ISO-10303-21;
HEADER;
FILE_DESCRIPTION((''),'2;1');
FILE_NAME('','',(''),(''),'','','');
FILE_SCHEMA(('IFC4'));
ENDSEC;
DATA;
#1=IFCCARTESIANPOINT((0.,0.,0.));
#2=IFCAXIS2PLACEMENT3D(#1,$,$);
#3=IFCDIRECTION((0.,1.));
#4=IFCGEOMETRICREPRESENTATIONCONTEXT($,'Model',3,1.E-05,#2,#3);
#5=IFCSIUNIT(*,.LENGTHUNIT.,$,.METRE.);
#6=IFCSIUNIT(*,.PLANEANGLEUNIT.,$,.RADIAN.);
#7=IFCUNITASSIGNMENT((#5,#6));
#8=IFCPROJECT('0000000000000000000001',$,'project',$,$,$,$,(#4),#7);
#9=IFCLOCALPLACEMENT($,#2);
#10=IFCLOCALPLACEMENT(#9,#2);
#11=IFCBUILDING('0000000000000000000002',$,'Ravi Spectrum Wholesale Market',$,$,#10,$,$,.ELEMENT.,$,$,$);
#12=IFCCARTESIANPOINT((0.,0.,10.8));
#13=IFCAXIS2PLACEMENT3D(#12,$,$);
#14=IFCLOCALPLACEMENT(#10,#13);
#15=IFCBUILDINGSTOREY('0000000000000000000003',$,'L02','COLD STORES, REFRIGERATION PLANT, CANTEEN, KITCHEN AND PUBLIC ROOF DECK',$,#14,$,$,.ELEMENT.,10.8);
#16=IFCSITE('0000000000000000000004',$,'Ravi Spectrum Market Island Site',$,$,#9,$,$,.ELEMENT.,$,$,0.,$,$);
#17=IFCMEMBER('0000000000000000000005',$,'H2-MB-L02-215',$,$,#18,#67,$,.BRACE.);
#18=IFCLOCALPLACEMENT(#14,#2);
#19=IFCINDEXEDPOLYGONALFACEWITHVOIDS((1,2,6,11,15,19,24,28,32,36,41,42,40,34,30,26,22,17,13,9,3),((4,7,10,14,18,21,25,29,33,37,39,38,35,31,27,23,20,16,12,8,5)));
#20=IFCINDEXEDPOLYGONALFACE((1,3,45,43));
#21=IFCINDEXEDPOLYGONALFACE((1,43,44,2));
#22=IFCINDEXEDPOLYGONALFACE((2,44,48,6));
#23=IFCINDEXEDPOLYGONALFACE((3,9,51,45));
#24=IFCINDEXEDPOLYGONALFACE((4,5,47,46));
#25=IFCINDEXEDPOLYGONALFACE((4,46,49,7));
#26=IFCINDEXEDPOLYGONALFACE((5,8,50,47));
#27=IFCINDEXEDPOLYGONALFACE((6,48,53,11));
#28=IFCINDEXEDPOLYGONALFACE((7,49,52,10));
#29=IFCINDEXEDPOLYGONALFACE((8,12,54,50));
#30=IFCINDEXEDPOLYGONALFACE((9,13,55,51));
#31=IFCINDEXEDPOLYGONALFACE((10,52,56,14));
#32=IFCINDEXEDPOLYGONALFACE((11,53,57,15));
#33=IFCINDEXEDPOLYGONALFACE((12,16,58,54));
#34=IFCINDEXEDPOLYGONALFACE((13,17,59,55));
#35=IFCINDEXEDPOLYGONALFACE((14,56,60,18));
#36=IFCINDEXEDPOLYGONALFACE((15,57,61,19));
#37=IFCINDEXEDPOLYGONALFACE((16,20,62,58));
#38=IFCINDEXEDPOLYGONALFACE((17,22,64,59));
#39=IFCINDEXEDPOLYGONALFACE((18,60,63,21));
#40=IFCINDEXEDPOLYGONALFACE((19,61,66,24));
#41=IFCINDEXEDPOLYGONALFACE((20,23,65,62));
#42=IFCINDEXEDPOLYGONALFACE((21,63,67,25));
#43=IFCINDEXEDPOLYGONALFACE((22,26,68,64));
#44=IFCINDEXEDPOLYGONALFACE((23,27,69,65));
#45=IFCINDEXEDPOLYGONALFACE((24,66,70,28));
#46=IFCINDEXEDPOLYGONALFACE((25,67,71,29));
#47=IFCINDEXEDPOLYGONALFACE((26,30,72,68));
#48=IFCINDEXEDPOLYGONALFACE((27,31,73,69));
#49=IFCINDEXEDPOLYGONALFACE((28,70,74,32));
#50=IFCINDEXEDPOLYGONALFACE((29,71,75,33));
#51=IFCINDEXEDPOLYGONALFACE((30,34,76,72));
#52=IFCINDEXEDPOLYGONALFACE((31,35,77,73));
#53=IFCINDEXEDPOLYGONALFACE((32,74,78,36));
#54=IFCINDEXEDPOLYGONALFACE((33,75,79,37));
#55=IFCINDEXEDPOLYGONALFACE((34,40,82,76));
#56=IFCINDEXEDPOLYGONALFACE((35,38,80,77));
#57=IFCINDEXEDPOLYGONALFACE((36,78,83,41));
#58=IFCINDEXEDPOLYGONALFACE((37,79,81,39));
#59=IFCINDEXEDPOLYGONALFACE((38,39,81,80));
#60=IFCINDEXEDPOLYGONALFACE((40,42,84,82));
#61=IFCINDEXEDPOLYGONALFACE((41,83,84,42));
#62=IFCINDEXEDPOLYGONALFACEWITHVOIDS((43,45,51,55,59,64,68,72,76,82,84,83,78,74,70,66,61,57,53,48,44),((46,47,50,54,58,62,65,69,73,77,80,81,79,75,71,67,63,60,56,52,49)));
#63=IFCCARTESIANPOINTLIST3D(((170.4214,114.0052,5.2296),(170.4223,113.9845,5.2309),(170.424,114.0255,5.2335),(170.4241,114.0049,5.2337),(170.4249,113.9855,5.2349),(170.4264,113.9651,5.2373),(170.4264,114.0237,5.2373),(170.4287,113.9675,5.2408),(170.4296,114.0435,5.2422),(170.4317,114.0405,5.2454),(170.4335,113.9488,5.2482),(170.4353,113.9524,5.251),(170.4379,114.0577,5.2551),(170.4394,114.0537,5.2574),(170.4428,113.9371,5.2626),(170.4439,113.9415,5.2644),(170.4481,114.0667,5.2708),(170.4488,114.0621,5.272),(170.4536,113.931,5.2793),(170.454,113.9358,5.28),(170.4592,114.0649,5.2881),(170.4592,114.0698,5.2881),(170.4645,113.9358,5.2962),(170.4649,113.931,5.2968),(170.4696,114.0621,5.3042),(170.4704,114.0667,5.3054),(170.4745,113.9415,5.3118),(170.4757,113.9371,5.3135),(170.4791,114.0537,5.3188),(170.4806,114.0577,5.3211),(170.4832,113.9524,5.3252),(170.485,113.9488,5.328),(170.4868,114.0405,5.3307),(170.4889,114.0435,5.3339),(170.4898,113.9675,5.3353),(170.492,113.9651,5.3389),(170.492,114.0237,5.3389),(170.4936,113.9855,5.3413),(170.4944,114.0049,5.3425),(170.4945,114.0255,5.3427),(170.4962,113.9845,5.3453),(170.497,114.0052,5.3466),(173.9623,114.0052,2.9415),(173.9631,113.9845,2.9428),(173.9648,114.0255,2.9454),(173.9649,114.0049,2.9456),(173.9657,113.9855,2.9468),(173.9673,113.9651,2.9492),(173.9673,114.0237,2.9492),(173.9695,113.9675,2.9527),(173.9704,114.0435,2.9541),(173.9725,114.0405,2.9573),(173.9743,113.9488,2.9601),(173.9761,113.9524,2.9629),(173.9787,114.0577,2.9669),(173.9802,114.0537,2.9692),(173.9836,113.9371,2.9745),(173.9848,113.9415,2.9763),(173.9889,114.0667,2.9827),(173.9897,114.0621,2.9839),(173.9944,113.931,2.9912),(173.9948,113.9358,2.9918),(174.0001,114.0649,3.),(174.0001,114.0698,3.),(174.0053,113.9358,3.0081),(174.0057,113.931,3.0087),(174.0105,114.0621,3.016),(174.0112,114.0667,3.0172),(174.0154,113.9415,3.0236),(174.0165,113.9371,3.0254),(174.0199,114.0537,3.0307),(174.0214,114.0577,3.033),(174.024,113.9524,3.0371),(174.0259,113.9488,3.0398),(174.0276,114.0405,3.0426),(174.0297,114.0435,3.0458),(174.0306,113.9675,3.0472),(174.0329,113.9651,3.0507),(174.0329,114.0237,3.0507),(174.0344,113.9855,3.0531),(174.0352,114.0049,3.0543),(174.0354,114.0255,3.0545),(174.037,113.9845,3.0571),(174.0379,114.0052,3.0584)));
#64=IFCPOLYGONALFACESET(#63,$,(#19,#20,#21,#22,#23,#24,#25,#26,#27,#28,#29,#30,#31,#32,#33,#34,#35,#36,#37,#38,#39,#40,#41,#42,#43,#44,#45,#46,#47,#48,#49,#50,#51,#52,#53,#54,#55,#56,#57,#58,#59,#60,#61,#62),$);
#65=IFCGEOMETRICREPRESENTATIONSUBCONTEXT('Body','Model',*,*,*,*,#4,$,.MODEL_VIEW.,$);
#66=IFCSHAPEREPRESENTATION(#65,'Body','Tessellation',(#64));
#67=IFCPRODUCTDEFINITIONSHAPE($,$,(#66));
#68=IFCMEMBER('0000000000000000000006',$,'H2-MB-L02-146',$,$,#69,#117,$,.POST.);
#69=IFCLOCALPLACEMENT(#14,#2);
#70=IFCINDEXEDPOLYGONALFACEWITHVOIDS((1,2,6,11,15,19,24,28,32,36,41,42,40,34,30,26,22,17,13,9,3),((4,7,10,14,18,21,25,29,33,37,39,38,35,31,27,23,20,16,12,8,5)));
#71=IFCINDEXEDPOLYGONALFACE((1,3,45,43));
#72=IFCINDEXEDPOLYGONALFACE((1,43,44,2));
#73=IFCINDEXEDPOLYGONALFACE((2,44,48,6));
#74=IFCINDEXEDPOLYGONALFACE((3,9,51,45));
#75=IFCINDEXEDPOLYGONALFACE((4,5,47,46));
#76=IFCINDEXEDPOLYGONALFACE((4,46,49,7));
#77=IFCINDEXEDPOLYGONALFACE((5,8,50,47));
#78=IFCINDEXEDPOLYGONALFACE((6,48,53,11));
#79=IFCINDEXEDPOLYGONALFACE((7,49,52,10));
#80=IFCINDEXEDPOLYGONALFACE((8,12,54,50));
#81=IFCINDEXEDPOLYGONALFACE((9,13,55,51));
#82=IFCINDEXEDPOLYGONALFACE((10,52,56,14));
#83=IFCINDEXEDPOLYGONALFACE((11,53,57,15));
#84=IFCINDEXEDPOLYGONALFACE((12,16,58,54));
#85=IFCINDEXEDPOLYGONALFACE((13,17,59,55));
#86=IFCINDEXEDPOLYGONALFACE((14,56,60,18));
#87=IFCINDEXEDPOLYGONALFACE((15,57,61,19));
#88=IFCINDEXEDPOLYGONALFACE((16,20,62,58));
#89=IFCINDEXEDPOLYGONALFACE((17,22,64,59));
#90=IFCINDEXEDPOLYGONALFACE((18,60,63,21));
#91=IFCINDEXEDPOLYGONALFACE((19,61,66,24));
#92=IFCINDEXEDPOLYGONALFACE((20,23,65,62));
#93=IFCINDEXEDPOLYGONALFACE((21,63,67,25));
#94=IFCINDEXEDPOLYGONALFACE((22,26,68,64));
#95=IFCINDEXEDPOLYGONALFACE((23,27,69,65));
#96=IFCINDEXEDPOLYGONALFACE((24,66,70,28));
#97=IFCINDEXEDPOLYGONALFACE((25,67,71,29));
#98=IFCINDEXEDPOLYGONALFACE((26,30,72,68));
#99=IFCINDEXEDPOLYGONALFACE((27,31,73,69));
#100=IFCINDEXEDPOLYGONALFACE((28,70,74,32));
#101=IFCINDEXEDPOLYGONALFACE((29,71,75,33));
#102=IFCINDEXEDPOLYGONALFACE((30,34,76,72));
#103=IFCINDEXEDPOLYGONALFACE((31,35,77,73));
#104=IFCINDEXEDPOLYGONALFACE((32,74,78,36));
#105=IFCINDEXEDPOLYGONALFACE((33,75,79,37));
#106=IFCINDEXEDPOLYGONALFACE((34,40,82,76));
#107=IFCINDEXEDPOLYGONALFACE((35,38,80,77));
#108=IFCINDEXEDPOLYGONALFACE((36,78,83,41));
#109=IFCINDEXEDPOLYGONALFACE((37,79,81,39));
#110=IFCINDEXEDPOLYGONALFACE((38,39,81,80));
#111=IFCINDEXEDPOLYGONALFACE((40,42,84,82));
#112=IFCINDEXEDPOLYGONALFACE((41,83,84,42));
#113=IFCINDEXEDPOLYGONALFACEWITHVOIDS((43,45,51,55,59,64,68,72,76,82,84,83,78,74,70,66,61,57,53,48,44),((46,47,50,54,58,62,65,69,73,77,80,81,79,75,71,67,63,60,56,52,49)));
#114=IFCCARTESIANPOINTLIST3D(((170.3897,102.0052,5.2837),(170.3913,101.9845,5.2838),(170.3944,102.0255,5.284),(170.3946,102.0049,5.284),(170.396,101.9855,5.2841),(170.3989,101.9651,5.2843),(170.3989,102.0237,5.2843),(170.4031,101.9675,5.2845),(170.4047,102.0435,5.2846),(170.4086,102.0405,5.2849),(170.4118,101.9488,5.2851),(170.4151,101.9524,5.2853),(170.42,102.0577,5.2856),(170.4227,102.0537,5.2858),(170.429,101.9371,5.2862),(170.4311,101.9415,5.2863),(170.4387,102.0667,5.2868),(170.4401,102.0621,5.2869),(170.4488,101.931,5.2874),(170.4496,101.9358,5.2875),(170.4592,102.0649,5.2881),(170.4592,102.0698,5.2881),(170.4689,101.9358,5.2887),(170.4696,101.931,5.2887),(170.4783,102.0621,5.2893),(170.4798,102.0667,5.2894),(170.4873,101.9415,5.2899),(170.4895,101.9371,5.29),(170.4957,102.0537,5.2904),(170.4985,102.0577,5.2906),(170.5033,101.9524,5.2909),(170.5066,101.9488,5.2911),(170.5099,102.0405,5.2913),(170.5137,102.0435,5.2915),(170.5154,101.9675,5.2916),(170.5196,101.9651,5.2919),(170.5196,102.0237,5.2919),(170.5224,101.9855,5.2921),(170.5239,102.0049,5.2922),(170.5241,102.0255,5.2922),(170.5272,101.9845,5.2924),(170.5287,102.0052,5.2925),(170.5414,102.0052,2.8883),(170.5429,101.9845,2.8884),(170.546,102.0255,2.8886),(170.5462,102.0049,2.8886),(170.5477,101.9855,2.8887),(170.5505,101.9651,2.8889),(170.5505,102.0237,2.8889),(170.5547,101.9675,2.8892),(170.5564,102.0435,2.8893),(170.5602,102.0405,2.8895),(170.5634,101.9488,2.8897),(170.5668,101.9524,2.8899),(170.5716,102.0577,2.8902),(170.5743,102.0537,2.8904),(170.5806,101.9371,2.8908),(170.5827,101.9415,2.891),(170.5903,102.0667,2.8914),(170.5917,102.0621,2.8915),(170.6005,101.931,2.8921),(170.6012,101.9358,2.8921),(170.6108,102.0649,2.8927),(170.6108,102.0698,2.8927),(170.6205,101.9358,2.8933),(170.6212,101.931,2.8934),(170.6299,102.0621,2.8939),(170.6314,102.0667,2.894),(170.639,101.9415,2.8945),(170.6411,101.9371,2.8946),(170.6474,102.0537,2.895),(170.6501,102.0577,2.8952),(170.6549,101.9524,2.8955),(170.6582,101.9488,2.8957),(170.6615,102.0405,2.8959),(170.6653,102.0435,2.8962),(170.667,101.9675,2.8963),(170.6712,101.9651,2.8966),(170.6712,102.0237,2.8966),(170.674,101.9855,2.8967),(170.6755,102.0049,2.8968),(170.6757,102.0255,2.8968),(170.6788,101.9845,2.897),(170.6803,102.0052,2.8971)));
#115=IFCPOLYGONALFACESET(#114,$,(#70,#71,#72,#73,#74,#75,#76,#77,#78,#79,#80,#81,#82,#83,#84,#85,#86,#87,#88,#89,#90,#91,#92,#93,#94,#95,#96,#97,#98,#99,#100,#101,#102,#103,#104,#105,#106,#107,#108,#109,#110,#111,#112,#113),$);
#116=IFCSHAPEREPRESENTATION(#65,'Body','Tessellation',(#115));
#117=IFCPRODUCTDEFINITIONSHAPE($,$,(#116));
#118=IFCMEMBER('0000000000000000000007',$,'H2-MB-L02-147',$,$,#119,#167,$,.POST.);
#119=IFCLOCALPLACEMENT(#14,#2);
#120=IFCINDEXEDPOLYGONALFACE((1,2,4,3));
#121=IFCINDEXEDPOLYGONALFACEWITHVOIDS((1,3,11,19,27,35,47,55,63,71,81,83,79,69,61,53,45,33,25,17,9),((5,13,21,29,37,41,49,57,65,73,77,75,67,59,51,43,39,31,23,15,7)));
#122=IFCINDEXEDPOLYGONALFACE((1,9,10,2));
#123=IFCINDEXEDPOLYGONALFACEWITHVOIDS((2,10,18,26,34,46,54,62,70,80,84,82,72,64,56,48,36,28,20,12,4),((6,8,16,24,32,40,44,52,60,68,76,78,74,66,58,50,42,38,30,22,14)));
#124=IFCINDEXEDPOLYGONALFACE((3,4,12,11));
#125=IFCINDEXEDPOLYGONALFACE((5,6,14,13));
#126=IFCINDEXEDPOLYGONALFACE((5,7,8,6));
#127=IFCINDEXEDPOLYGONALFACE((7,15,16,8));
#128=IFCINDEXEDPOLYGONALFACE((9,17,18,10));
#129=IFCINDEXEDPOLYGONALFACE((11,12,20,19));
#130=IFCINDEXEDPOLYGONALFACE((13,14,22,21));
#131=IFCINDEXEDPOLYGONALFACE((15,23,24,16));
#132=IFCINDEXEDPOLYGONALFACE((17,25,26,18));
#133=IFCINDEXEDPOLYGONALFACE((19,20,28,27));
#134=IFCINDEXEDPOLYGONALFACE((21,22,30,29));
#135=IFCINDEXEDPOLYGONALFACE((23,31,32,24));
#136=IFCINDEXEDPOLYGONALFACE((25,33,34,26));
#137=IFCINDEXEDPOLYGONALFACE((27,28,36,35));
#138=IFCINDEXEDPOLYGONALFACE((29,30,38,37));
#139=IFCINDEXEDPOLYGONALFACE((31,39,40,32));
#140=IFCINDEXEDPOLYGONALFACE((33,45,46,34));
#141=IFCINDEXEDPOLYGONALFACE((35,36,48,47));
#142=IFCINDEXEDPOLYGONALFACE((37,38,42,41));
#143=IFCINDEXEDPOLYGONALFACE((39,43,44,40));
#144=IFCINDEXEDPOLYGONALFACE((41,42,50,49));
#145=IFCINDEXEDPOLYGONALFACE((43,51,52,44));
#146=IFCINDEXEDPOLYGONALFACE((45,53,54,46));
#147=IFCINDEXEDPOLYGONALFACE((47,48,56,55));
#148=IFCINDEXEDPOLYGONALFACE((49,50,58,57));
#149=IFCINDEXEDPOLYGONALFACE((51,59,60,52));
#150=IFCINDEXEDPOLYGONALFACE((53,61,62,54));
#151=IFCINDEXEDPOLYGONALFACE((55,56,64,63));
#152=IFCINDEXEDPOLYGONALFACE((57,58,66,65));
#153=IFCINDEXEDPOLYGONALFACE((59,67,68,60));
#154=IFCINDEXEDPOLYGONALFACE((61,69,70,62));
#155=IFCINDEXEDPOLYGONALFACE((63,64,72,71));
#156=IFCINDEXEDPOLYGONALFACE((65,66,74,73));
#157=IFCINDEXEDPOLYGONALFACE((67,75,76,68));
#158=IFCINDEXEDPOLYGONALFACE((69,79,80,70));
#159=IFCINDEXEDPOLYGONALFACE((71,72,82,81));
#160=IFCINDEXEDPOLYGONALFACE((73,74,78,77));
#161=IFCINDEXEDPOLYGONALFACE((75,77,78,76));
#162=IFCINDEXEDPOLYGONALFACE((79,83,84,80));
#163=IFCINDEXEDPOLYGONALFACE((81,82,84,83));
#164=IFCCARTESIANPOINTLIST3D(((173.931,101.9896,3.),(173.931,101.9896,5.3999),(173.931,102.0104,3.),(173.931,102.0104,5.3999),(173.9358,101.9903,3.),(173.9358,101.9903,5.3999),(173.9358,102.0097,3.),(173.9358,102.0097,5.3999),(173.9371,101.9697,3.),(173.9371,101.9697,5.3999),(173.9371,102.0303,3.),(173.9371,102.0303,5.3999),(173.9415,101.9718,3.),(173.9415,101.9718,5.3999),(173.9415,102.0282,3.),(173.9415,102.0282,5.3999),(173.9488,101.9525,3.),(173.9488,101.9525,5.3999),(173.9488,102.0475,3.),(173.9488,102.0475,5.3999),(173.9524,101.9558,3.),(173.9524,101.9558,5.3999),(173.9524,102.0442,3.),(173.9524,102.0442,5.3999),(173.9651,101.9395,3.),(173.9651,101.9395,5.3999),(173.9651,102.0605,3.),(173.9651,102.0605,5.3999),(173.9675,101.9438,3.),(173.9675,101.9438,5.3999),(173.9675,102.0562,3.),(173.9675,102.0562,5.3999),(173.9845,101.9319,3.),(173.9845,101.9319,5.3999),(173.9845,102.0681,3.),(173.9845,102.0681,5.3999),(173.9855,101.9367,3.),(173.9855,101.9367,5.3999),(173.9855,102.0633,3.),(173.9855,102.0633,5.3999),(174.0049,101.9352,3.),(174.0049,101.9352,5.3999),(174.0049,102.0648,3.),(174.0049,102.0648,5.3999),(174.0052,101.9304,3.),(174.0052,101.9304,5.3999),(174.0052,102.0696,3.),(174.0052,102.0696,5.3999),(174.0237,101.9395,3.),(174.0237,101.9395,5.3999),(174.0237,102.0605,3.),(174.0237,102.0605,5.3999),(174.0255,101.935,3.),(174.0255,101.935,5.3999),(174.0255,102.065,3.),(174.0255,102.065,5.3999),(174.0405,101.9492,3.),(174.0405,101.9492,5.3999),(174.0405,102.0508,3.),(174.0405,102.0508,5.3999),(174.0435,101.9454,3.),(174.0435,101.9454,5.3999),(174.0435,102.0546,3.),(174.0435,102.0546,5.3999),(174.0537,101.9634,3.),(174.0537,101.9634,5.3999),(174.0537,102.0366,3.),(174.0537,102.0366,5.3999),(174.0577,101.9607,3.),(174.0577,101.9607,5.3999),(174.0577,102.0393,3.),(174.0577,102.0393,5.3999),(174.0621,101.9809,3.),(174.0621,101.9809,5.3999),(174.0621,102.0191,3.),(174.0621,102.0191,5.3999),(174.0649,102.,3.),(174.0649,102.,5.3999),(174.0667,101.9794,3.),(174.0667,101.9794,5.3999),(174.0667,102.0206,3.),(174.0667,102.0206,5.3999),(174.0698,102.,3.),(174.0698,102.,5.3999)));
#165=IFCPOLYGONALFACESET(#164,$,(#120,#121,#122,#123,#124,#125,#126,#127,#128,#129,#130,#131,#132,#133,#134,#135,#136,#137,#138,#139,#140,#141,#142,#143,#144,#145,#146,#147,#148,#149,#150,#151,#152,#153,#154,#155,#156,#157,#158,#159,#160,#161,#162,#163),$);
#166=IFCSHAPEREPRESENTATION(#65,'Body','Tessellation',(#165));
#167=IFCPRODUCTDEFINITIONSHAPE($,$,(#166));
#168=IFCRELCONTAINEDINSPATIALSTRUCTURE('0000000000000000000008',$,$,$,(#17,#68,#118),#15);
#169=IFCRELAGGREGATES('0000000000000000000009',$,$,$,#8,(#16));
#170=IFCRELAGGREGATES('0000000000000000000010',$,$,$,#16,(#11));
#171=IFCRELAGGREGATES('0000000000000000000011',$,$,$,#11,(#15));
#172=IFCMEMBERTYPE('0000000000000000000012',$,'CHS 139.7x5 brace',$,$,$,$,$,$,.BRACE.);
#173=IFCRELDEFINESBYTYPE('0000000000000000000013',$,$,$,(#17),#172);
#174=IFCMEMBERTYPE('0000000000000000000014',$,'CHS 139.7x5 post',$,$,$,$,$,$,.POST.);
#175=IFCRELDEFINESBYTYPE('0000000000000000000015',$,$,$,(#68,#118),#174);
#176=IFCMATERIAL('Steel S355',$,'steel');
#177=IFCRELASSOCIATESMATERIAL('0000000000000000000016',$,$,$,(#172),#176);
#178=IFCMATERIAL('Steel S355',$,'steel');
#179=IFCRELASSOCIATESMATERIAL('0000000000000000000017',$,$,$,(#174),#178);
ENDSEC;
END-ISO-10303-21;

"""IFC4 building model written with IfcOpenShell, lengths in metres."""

from ifc_helpers import new_model, si_unit, direction, frame, origin, origin_2d, place, context, subcontext, project, spatial, hollow_circle, extrude, material, material_profile, profile_set, type_object, element, save


model = new_model("IFC4")

# Units and contexts
model_context = context("Model", 3, precision=1e-05, world=origin(), true_north=direction((0.0, 1.0)))
body_context = subcontext(model_context, "Body", "Model", "MODEL_VIEW")
ifc_project = project(units=[si_unit("LENGTHUNIT", "METRE"), si_unit("PLANEANGLEUNIT", "RADIAN")], contexts=[model_context])

# Site, building, storey
site_placement = place(None, origin())
site = spatial("IfcSite", under=ifc_project, at=site_placement, Name="Ravi Spectrum Market Island Site", CompositionType="ELEMENT", RefElevation=0.0)
building_placement = place(site_placement, origin())
building = spatial("IfcBuilding", under=site, at=building_placement, Name="Ravi Spectrum Wholesale Market", CompositionType="ELEMENT")
storey_placement = place(building_placement, frame((0.0, 0.0, 10.8)))
storey = spatial("IfcBuildingStorey", under=building, at=storey_placement, Name="L02", Description="COLD STORES, REFRIGERATION PLANT, CANTEEN, KITCHEN AND PUBLIC ROOF DECK", CompositionType="ELEMENT", Elevation=10.8)

# Members
ifc_material_1 = material(Name="Steel S355", Category="steel")
ifc_material_profile_1 = material_profile(ifc_material_1, hollow_circle(Radius=0.0698, WallThickness=0.0049, at=origin_2d()))
ifc_profile_set_1 = profile_set([ifc_material_profile_1], Name="Steel S355")
member_type_1 = type_object("IfcMemberType", Name="CHS 139.7x5 brace", PredefinedType="BRACE", material=ifc_profile_set_1)
member_1_placement = place(storey_placement, frame((170.4592, 114.0, 5.2881), z_axis=(0.839895, 0.0, -0.542749), x_axis=(0.0, 1.0, 0.0)))
element("IfcMember", 1, at=member_1_placement, inside=storey, type_object=member_type_1, Name="H2-MB-L02-215", PredefinedType="BRACE", context=body_context, shape_type="SweptSolid", body=[
    extrude(hollow_circle(Radius=0.0698, WallThickness=0.0049, at=origin_2d()), origin(), (0.0, 0.0, 1.0), 4.2158),
])
ifc_material_2 = material(Name="Steel S355", Category="steel")
ifc_material_profile_2 = material_profile(ifc_material_2, hollow_circle(Radius=0.0698, WallThickness=0.0049, at=origin_2d()))
ifc_profile_set_2 = profile_set([ifc_material_profile_2], Name="Steel S355")
member_type_2 = type_object("IfcMemberType", Name="CHS 139.7x5 post", PredefinedType="POST", material=ifc_profile_set_2)
member_2_placement = place(storey_placement, frame((170.4592, 102.0, 5.2881), z_axis=(0.06317, 0.0, -0.998003), x_axis=(0.0, 1.0, 0.0)))
element("IfcMember", 2, at=member_2_placement, inside=storey, type_object=member_type_2, Name="H2-MB-L02-146", PredefinedType="POST", context=body_context, shape_type="SweptSolid", body=[
    extrude(hollow_circle(Radius=0.0698, WallThickness=0.0049, at=origin_2d()), origin(), (0.0, 0.0, 1.0), 2.4001),
])
member_3_placement = place(storey_placement, frame((174.0, 102.0, 5.3999), z_axis=(0.0, 0.0, -1.0), x_axis=(1.0, 0.0, 0.0)))
element("IfcMember", 3, at=member_3_placement, inside=storey, type_object=member_type_2, Name="H2-MB-L02-147", PredefinedType="POST", context=body_context, shape_type="SweptSolid", body=[
    extrude(hollow_circle(Radius=0.0698, WallThickness=0.0049, at=origin_2d()), origin(), (0.0, 0.0, 1.0), 2.3999),
])

save(model, "model.ifc")
